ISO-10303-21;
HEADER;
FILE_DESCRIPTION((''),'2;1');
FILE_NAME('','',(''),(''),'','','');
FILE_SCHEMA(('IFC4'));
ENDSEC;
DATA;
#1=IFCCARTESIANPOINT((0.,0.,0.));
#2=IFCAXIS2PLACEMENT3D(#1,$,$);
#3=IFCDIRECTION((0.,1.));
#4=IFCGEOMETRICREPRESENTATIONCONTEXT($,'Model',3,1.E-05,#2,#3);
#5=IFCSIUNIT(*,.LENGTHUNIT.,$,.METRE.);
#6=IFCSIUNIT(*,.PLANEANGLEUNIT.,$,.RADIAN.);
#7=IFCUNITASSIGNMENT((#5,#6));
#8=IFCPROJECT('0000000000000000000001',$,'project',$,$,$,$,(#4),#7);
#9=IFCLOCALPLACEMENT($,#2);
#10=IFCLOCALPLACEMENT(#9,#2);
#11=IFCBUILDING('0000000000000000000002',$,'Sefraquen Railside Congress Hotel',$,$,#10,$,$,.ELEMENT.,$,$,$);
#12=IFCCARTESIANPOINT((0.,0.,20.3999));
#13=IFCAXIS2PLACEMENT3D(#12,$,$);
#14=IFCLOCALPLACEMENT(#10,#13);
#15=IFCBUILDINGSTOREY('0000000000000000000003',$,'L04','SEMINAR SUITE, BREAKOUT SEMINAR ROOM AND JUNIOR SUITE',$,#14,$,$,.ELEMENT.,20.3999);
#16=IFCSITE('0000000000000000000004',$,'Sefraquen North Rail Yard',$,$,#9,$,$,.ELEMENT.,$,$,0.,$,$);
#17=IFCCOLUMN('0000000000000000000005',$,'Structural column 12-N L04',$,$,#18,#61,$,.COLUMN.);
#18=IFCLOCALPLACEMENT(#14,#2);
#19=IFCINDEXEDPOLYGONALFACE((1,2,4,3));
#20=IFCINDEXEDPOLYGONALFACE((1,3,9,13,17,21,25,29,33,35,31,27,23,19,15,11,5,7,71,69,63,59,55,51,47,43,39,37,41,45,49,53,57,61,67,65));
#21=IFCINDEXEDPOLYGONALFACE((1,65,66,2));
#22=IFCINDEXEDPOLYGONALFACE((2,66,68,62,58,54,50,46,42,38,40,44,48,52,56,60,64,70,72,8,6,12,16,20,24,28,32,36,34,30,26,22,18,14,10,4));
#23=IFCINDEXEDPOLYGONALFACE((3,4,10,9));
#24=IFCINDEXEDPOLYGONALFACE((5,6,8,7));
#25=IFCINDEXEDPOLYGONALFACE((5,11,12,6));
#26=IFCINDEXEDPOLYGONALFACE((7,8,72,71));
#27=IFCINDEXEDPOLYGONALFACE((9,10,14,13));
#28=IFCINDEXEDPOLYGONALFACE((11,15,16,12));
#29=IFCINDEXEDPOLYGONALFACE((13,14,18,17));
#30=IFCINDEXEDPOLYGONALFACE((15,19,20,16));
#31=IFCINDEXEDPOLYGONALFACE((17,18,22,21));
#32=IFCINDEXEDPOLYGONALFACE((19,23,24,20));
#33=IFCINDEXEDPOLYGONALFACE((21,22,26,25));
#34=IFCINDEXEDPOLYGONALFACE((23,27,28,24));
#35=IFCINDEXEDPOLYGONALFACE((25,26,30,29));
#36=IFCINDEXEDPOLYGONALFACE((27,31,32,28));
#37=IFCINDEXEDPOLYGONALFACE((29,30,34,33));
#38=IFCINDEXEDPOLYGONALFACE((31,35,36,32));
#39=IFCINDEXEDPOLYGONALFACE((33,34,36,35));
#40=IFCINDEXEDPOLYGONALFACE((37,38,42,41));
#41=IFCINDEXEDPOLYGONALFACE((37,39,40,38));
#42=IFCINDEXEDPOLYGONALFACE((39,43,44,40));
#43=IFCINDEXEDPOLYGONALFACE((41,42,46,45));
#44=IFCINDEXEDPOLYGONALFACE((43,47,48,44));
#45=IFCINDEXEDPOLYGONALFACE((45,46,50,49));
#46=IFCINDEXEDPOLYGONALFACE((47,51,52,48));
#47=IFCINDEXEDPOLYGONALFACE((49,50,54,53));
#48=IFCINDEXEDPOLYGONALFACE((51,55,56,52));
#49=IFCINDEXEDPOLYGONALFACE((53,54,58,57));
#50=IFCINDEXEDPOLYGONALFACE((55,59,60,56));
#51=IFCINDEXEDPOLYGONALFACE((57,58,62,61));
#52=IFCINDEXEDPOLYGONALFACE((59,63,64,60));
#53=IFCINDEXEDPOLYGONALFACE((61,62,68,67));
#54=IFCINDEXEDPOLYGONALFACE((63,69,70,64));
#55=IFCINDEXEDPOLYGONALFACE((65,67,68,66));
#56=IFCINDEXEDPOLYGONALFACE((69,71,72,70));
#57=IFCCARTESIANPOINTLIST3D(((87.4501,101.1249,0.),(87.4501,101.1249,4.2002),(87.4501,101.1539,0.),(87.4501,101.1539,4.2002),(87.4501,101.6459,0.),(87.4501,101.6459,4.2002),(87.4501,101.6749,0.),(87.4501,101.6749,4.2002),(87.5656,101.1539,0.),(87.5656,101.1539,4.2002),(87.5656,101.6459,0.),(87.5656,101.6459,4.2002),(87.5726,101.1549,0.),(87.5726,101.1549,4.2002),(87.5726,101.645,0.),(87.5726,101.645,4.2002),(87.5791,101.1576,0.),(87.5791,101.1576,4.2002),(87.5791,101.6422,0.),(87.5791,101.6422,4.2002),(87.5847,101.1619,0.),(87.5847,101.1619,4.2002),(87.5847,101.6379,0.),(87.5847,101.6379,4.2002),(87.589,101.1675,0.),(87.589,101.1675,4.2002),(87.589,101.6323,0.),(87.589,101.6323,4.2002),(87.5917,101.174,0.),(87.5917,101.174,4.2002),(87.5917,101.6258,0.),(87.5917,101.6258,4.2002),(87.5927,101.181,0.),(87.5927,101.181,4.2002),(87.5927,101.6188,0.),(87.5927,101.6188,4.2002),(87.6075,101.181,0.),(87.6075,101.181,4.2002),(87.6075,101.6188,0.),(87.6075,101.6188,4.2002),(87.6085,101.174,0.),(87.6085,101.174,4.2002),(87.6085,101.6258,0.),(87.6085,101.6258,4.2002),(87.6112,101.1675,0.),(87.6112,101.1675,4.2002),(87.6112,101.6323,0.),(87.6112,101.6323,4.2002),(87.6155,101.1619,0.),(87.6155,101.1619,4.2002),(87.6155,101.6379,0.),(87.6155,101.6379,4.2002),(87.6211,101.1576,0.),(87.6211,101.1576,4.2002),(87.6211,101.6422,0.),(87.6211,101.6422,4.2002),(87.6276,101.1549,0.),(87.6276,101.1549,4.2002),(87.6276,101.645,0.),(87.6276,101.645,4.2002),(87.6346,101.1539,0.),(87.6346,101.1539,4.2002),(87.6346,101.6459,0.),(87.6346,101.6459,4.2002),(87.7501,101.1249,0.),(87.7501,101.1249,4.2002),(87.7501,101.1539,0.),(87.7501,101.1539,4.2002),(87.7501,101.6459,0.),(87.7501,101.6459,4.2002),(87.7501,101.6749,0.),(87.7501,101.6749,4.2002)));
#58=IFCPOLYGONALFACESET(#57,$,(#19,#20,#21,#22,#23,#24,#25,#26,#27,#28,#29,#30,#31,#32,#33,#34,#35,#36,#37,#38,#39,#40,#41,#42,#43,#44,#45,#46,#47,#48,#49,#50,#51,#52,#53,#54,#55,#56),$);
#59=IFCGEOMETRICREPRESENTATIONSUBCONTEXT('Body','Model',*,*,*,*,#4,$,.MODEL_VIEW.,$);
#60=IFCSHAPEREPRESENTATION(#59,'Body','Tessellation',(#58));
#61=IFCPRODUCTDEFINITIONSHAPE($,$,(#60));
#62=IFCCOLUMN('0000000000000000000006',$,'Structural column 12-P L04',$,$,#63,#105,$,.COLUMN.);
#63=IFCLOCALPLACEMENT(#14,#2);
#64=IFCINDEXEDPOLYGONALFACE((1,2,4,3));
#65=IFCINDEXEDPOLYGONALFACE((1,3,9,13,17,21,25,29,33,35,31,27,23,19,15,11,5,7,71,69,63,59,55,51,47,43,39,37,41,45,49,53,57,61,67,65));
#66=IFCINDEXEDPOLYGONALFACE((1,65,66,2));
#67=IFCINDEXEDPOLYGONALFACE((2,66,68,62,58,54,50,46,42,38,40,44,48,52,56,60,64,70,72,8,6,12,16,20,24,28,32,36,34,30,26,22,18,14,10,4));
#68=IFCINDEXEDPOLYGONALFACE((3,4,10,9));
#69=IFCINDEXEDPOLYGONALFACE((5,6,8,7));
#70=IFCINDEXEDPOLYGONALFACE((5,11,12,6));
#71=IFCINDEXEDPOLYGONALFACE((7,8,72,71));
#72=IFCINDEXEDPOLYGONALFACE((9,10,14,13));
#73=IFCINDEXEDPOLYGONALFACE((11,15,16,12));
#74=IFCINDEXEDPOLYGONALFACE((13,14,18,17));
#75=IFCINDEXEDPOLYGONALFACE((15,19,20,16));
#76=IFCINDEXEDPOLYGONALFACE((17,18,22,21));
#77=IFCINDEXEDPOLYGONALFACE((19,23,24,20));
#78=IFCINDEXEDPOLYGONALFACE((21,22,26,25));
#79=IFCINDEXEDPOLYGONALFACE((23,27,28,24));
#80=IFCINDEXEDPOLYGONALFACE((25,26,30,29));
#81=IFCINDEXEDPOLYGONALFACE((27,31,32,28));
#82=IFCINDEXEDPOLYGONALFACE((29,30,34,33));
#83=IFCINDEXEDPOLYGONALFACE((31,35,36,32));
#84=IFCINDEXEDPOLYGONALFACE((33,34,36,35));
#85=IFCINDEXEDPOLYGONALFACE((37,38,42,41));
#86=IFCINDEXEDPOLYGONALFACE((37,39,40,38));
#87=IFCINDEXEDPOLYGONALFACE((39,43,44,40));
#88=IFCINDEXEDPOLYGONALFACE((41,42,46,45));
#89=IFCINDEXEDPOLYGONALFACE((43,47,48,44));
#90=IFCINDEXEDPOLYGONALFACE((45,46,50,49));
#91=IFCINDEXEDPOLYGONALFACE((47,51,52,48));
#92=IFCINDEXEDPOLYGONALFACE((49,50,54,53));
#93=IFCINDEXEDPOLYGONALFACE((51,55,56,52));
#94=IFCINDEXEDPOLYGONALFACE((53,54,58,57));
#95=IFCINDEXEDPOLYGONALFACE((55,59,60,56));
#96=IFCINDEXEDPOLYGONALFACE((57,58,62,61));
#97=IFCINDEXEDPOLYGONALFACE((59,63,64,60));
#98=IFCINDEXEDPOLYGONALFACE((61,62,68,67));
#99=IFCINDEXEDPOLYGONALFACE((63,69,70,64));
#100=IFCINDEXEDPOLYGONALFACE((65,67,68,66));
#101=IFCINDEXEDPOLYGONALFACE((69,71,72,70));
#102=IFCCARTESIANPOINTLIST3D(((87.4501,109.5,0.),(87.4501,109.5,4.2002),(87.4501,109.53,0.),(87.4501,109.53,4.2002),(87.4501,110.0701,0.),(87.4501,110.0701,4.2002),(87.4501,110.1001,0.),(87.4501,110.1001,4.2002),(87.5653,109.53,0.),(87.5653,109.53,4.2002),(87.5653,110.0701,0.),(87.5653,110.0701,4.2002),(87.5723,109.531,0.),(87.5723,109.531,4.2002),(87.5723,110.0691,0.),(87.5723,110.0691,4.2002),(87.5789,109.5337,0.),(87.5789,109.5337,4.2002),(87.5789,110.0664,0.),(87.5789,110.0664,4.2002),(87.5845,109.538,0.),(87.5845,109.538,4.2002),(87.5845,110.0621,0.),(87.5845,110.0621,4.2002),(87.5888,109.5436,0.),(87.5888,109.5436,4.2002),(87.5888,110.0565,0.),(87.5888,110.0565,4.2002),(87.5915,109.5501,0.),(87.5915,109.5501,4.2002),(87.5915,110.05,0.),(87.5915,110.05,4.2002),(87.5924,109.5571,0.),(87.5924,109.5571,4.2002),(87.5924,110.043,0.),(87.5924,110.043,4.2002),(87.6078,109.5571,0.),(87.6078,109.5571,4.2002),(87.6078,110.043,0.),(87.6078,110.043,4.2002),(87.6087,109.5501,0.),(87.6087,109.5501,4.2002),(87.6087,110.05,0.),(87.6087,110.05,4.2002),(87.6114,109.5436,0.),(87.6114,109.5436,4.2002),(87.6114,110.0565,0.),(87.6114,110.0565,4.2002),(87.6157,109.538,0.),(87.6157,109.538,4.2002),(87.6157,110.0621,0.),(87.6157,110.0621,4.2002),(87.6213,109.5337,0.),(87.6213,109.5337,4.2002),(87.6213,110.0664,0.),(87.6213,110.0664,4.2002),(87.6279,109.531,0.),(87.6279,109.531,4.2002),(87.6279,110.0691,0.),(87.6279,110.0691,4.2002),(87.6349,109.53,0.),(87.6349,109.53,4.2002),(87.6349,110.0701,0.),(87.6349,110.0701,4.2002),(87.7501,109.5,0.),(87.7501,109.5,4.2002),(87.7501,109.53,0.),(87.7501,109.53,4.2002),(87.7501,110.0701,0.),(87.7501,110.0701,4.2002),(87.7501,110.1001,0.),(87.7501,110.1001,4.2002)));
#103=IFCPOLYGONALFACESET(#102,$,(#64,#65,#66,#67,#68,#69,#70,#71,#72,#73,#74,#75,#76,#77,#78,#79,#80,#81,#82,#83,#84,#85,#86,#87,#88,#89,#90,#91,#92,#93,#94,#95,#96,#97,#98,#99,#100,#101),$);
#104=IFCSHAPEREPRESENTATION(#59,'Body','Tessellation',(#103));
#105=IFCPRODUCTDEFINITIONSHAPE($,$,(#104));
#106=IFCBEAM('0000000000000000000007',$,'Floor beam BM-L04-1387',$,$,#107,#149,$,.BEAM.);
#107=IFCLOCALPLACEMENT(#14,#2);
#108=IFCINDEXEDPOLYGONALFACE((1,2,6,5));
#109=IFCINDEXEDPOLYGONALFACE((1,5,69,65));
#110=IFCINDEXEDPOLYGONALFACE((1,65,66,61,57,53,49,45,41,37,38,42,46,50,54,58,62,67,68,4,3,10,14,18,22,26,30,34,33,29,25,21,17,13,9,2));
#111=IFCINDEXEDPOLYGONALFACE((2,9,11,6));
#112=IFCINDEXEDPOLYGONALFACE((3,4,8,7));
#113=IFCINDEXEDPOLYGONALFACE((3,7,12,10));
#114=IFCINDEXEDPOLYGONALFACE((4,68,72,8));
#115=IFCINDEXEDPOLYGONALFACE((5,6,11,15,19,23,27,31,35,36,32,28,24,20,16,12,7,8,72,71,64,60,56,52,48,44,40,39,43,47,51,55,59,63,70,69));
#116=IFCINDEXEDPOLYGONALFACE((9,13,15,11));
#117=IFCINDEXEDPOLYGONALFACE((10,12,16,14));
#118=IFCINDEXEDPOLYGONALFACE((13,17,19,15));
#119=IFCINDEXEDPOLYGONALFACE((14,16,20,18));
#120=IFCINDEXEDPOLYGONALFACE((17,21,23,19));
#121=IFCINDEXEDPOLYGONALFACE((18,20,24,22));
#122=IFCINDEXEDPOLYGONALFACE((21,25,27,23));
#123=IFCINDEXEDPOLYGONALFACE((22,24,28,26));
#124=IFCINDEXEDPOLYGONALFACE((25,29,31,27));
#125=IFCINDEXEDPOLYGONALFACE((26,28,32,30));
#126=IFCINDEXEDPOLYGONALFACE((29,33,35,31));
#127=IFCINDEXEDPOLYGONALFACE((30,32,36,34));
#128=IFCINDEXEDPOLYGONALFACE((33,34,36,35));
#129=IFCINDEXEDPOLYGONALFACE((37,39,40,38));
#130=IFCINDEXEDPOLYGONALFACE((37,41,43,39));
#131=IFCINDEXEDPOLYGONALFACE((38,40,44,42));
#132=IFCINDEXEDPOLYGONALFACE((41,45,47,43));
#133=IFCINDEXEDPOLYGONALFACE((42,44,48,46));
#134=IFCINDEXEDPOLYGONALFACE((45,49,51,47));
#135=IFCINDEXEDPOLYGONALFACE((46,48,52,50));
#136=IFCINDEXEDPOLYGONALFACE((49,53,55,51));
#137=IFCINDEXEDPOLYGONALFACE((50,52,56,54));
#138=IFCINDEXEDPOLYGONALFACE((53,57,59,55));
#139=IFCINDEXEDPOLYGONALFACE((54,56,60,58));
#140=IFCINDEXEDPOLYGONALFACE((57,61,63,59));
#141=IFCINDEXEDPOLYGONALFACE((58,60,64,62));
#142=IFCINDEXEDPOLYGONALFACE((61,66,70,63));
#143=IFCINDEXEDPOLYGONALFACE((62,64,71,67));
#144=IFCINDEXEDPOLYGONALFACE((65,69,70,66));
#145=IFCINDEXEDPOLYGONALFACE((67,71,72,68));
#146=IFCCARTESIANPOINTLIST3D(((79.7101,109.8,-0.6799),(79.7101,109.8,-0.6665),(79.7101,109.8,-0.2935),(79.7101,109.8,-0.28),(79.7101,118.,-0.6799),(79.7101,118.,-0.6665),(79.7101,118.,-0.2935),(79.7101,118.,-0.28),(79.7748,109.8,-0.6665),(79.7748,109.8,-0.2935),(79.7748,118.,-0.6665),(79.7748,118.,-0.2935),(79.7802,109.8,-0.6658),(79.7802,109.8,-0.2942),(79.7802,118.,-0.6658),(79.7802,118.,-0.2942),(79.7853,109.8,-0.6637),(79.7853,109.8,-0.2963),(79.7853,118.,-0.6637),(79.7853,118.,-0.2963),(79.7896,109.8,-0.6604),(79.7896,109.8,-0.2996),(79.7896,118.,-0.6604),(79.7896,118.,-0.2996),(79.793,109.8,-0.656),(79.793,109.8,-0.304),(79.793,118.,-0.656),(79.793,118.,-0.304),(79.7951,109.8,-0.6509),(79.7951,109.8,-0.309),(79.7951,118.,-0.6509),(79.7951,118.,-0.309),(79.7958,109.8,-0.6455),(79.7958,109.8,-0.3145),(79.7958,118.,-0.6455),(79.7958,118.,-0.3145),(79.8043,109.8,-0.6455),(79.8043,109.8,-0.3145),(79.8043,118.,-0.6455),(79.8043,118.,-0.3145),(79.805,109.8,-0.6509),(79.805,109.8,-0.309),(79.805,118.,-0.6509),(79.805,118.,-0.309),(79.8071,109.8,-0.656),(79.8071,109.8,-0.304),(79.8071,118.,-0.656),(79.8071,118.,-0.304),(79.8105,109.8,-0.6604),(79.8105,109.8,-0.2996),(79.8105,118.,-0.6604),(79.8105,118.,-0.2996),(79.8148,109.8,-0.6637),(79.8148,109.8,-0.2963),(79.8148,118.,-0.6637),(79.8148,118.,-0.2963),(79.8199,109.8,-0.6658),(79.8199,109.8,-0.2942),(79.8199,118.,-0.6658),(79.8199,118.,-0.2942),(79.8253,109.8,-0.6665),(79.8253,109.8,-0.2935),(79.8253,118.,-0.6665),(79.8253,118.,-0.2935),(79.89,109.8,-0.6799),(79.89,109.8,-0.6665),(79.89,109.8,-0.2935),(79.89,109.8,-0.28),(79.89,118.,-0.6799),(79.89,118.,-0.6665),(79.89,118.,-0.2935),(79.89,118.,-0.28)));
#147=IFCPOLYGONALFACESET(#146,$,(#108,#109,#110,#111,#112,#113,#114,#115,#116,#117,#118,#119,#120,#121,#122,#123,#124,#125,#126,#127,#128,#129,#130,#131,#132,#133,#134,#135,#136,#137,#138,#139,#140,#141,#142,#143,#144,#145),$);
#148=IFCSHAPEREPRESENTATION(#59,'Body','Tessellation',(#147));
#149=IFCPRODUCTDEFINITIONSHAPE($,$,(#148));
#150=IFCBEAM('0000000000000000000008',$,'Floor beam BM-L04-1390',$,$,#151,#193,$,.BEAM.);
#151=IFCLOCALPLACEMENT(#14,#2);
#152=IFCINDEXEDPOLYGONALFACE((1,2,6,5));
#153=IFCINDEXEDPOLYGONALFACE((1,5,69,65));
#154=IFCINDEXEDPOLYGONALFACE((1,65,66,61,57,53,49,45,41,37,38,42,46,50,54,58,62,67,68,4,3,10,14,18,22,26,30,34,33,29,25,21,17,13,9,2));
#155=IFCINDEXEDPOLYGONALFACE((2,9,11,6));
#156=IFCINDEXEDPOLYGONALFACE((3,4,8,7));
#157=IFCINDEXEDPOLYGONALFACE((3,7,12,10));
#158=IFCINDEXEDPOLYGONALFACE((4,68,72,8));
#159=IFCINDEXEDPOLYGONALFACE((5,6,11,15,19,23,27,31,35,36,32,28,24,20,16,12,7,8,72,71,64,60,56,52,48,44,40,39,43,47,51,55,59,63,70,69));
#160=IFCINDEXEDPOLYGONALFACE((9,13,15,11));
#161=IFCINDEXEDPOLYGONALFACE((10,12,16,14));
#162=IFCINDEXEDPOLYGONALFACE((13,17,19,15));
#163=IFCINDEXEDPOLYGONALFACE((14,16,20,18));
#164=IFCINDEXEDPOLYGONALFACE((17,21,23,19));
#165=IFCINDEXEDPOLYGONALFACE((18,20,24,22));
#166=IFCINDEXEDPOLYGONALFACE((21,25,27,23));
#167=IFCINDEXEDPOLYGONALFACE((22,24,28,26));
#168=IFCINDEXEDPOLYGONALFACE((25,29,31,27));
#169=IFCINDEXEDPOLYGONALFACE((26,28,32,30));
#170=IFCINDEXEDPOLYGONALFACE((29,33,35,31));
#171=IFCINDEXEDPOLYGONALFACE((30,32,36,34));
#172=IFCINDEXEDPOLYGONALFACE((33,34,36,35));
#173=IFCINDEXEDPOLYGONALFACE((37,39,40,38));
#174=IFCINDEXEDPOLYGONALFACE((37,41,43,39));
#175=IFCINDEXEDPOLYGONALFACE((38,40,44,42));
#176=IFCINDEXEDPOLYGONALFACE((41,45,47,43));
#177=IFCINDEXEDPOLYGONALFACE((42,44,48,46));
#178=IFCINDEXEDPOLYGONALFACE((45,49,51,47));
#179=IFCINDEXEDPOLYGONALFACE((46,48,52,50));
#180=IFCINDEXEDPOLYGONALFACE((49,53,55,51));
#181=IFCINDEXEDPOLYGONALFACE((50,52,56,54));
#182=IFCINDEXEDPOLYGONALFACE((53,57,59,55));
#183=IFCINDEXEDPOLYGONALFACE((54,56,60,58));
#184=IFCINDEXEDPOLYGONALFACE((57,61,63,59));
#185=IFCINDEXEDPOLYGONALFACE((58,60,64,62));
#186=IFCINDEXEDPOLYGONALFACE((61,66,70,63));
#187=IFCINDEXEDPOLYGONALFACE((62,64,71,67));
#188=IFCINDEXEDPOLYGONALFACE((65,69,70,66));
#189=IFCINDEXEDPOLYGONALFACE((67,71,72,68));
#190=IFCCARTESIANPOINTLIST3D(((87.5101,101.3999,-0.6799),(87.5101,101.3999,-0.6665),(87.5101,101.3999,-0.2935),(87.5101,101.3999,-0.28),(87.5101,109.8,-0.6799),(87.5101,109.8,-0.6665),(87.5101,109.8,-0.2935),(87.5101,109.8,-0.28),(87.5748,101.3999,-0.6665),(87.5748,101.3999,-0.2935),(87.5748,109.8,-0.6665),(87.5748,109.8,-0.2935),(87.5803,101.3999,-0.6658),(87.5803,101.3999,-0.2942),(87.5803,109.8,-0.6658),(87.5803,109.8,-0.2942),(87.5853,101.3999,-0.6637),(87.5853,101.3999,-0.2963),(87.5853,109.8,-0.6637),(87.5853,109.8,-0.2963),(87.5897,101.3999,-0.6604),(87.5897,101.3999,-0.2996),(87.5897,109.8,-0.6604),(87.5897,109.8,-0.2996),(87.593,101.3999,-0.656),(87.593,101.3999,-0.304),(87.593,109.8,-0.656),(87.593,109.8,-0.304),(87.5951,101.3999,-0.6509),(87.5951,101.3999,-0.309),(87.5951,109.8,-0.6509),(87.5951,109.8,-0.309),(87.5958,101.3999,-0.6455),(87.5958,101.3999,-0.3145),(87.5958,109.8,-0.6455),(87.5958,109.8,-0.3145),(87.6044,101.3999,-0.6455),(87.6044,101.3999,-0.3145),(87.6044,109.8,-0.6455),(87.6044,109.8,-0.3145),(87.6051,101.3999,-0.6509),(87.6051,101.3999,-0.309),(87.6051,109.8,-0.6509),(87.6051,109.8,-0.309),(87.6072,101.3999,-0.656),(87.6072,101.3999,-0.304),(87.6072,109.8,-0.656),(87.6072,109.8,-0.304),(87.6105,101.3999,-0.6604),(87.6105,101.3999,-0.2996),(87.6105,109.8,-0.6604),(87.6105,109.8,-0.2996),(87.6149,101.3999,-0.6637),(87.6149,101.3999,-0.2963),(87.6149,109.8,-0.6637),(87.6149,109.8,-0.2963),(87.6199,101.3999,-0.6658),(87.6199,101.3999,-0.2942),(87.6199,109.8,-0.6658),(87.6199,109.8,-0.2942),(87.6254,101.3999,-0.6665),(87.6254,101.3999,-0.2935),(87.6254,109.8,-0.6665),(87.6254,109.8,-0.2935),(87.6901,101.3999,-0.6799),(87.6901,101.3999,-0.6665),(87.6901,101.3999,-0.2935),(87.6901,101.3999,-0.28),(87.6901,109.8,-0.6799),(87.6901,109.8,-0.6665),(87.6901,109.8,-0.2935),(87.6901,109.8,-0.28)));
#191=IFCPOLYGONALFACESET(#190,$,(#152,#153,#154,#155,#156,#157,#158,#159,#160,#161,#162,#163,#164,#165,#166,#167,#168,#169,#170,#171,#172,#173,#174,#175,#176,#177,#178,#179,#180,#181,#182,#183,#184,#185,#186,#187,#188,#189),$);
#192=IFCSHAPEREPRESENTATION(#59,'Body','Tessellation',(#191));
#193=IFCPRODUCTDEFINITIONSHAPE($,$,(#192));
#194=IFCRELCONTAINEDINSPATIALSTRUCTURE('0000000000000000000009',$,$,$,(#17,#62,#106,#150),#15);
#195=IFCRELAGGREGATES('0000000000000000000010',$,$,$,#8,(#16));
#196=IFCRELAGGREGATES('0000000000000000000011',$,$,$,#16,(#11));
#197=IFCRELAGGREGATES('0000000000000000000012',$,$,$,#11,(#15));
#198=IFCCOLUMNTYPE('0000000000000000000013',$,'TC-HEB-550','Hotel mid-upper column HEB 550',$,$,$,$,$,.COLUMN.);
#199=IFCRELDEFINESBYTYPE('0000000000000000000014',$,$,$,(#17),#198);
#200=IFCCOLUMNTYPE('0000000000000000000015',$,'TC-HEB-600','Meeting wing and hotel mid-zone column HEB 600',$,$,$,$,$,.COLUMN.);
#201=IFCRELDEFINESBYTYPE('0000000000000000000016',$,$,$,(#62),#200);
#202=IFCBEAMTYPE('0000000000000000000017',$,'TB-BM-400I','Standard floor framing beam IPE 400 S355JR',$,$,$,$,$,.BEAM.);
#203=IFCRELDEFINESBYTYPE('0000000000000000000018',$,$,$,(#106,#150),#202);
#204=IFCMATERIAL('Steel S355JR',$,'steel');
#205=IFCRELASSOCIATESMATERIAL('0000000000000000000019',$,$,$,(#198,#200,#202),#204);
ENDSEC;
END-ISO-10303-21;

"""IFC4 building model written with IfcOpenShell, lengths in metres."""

from ifc_helpers import new_model, si_unit, direction, frame, origin, origin_2d, place, context, subcontext, project, spatial, i_section, extrude, material, material_profile, profile_set, type_object, element, save


model = new_model("IFC4")

# Units and contexts
model_context = context("Model", 3, precision=1e-05, world=origin(), true_north=direction((0.0, 1.0)))
body_context = subcontext(model_context, "Body", "Model", "MODEL_VIEW")
ifc_project = project(units=[si_unit("LENGTHUNIT", "METRE"), si_unit("PLANEANGLEUNIT", "RADIAN")], contexts=[model_context])

# Site, building, storey
site_placement = place(None, origin())
site = spatial("IfcSite", under=ifc_project, at=site_placement, Name="Sefraquen North Rail Yard", CompositionType="ELEMENT", RefElevation=0.0)
building_placement = place(site_placement, origin())
building = spatial("IfcBuilding", under=site, at=building_placement, Name="Sefraquen Railside Congress Hotel", CompositionType="ELEMENT")
storey_placement = place(building_placement, frame((0.0, 0.0, 20.3999)))
storey = spatial("IfcBuildingStorey", under=building, at=storey_placement, Name="L04", Description="SEMINAR SUITE, BREAKOUT SEMINAR ROOM AND JUNIOR SUITE", CompositionType="ELEMENT", Elevation=20.3999)

# Columns
ifc_material_1 = material(Name="Steel S355JR", Category="steel")
ifc_material_profile_1 = material_profile(ifc_material_1, i_section(OverallWidth=0.3, OverallDepth=0.55, WebThickness=0.0149, FlangeThickness=0.0291, FilletRadius=0.0271, at=origin_2d()), Name="HEB 550")
ifc_profile_set_1 = profile_set([ifc_material_profile_1], Name="Steel S355JR")
column_type_1 = type_object("IfcColumnType", Name="TC-HEB-550", Description="Hotel mid-upper column HEB 550", PredefinedType="COLUMN", material=ifc_profile_set_1)
column_1_placement = place(storey_placement, frame((87.6001, 101.3999, 0.0), z_axis=(0.0, 0.0, 1.0), x_axis=(1.0, 0.0, 0.0)))
element("IfcColumn", 1, at=column_1_placement, inside=storey, type_object=column_type_1, Name="Structural column 12-N L04", PredefinedType="COLUMN", context=body_context, shape_type="SweptSolid", body=[
    extrude(i_section(OverallWidth=0.3, OverallDepth=0.55, WebThickness=0.0149, FlangeThickness=0.0291, FilletRadius=0.0271, at=origin_2d()), origin(), (0.0, 0.0, 1.0), 4.2002),
])
ifc_material_profile_2 = material_profile(ifc_material_1, i_section(OverallWidth=0.3, OverallDepth=0.6001, WebThickness=0.0154, FlangeThickness=0.03, FilletRadius=0.0271, at=origin_2d()), Name="HEB 600")
ifc_profile_set_2 = profile_set([ifc_material_profile_2], Name="Steel S355JR")
column_type_2 = type_object("IfcColumnType", Name="TC-HEB-600", Description="Meeting wing and hotel mid-zone column HEB 600", PredefinedType="COLUMN", material=ifc_profile_set_2)
column_2_placement = place(storey_placement, frame((87.6001, 109.8, 0.0), z_axis=(0.0, 0.0, 1.0), x_axis=(1.0, 0.0, 0.0)))
element("IfcColumn", 2, at=column_2_placement, inside=storey, type_object=column_type_2, Name="Structural column 12-P L04", PredefinedType="COLUMN", context=body_context, shape_type="SweptSolid", body=[
    extrude(i_section(OverallWidth=0.3, OverallDepth=0.6001, WebThickness=0.0154, FlangeThickness=0.03, FilletRadius=0.0271, at=origin_2d()), origin(), (0.0, 0.0, 1.0), 4.2002),
])

# Beams
ifc_material_profile_3 = material_profile(ifc_material_1, i_section(OverallWidth=0.1799, OverallDepth=0.3999, WebThickness=0.0085, FlangeThickness=0.0134, FilletRadius=0.021, at=origin_2d()), Name="IPE 400")
ifc_profile_set_3 = profile_set([ifc_material_profile_3], Name="Steel S355JR")
beam_type_1 = type_object("IfcBeamType", Name="TB-BM-400I", Description="Standard floor framing beam IPE 400 S355JR", PredefinedType="BEAM", material=ifc_profile_set_3)
beam_1_placement = place(storey_placement, frame((79.8, 109.8, -0.48), z_axis=(0.0, 1.0, 0.0), x_axis=(-1.0, 0.0, 0.0)))
element("IfcBeam", 3, at=beam_1_placement, inside=storey, type_object=beam_type_1, Name="Floor beam BM-L04-1387", PredefinedType="BEAM", context=body_context, shape_type="SweptSolid", body=[
    extrude(i_section(OverallWidth=0.1799, OverallDepth=0.3999, WebThickness=0.0085, FlangeThickness=0.0134, FilletRadius=0.021, at=origin_2d()), origin(), (0.0, 0.0, 1.0), 8.2),
])
beam_2_placement = place(storey_placement, frame((87.6001, 101.3999, -0.48), z_axis=(0.0, 1.0, 0.0), x_axis=(-1.0, 0.0, 0.0)))
element("IfcBeam", 4, at=beam_2_placement, inside=storey, type_object=beam_type_1, Name="Floor beam BM-L04-1390", PredefinedType="BEAM", context=body_context, shape_type="SweptSolid", body=[
    extrude(i_section(OverallWidth=0.1799, OverallDepth=0.3999, WebThickness=0.0085, FlangeThickness=0.0134, FilletRadius=0.021, at=origin_2d()), origin(), (0.0, 0.0, 1.0), 8.4001),
])

save(model, "model.ifc")
